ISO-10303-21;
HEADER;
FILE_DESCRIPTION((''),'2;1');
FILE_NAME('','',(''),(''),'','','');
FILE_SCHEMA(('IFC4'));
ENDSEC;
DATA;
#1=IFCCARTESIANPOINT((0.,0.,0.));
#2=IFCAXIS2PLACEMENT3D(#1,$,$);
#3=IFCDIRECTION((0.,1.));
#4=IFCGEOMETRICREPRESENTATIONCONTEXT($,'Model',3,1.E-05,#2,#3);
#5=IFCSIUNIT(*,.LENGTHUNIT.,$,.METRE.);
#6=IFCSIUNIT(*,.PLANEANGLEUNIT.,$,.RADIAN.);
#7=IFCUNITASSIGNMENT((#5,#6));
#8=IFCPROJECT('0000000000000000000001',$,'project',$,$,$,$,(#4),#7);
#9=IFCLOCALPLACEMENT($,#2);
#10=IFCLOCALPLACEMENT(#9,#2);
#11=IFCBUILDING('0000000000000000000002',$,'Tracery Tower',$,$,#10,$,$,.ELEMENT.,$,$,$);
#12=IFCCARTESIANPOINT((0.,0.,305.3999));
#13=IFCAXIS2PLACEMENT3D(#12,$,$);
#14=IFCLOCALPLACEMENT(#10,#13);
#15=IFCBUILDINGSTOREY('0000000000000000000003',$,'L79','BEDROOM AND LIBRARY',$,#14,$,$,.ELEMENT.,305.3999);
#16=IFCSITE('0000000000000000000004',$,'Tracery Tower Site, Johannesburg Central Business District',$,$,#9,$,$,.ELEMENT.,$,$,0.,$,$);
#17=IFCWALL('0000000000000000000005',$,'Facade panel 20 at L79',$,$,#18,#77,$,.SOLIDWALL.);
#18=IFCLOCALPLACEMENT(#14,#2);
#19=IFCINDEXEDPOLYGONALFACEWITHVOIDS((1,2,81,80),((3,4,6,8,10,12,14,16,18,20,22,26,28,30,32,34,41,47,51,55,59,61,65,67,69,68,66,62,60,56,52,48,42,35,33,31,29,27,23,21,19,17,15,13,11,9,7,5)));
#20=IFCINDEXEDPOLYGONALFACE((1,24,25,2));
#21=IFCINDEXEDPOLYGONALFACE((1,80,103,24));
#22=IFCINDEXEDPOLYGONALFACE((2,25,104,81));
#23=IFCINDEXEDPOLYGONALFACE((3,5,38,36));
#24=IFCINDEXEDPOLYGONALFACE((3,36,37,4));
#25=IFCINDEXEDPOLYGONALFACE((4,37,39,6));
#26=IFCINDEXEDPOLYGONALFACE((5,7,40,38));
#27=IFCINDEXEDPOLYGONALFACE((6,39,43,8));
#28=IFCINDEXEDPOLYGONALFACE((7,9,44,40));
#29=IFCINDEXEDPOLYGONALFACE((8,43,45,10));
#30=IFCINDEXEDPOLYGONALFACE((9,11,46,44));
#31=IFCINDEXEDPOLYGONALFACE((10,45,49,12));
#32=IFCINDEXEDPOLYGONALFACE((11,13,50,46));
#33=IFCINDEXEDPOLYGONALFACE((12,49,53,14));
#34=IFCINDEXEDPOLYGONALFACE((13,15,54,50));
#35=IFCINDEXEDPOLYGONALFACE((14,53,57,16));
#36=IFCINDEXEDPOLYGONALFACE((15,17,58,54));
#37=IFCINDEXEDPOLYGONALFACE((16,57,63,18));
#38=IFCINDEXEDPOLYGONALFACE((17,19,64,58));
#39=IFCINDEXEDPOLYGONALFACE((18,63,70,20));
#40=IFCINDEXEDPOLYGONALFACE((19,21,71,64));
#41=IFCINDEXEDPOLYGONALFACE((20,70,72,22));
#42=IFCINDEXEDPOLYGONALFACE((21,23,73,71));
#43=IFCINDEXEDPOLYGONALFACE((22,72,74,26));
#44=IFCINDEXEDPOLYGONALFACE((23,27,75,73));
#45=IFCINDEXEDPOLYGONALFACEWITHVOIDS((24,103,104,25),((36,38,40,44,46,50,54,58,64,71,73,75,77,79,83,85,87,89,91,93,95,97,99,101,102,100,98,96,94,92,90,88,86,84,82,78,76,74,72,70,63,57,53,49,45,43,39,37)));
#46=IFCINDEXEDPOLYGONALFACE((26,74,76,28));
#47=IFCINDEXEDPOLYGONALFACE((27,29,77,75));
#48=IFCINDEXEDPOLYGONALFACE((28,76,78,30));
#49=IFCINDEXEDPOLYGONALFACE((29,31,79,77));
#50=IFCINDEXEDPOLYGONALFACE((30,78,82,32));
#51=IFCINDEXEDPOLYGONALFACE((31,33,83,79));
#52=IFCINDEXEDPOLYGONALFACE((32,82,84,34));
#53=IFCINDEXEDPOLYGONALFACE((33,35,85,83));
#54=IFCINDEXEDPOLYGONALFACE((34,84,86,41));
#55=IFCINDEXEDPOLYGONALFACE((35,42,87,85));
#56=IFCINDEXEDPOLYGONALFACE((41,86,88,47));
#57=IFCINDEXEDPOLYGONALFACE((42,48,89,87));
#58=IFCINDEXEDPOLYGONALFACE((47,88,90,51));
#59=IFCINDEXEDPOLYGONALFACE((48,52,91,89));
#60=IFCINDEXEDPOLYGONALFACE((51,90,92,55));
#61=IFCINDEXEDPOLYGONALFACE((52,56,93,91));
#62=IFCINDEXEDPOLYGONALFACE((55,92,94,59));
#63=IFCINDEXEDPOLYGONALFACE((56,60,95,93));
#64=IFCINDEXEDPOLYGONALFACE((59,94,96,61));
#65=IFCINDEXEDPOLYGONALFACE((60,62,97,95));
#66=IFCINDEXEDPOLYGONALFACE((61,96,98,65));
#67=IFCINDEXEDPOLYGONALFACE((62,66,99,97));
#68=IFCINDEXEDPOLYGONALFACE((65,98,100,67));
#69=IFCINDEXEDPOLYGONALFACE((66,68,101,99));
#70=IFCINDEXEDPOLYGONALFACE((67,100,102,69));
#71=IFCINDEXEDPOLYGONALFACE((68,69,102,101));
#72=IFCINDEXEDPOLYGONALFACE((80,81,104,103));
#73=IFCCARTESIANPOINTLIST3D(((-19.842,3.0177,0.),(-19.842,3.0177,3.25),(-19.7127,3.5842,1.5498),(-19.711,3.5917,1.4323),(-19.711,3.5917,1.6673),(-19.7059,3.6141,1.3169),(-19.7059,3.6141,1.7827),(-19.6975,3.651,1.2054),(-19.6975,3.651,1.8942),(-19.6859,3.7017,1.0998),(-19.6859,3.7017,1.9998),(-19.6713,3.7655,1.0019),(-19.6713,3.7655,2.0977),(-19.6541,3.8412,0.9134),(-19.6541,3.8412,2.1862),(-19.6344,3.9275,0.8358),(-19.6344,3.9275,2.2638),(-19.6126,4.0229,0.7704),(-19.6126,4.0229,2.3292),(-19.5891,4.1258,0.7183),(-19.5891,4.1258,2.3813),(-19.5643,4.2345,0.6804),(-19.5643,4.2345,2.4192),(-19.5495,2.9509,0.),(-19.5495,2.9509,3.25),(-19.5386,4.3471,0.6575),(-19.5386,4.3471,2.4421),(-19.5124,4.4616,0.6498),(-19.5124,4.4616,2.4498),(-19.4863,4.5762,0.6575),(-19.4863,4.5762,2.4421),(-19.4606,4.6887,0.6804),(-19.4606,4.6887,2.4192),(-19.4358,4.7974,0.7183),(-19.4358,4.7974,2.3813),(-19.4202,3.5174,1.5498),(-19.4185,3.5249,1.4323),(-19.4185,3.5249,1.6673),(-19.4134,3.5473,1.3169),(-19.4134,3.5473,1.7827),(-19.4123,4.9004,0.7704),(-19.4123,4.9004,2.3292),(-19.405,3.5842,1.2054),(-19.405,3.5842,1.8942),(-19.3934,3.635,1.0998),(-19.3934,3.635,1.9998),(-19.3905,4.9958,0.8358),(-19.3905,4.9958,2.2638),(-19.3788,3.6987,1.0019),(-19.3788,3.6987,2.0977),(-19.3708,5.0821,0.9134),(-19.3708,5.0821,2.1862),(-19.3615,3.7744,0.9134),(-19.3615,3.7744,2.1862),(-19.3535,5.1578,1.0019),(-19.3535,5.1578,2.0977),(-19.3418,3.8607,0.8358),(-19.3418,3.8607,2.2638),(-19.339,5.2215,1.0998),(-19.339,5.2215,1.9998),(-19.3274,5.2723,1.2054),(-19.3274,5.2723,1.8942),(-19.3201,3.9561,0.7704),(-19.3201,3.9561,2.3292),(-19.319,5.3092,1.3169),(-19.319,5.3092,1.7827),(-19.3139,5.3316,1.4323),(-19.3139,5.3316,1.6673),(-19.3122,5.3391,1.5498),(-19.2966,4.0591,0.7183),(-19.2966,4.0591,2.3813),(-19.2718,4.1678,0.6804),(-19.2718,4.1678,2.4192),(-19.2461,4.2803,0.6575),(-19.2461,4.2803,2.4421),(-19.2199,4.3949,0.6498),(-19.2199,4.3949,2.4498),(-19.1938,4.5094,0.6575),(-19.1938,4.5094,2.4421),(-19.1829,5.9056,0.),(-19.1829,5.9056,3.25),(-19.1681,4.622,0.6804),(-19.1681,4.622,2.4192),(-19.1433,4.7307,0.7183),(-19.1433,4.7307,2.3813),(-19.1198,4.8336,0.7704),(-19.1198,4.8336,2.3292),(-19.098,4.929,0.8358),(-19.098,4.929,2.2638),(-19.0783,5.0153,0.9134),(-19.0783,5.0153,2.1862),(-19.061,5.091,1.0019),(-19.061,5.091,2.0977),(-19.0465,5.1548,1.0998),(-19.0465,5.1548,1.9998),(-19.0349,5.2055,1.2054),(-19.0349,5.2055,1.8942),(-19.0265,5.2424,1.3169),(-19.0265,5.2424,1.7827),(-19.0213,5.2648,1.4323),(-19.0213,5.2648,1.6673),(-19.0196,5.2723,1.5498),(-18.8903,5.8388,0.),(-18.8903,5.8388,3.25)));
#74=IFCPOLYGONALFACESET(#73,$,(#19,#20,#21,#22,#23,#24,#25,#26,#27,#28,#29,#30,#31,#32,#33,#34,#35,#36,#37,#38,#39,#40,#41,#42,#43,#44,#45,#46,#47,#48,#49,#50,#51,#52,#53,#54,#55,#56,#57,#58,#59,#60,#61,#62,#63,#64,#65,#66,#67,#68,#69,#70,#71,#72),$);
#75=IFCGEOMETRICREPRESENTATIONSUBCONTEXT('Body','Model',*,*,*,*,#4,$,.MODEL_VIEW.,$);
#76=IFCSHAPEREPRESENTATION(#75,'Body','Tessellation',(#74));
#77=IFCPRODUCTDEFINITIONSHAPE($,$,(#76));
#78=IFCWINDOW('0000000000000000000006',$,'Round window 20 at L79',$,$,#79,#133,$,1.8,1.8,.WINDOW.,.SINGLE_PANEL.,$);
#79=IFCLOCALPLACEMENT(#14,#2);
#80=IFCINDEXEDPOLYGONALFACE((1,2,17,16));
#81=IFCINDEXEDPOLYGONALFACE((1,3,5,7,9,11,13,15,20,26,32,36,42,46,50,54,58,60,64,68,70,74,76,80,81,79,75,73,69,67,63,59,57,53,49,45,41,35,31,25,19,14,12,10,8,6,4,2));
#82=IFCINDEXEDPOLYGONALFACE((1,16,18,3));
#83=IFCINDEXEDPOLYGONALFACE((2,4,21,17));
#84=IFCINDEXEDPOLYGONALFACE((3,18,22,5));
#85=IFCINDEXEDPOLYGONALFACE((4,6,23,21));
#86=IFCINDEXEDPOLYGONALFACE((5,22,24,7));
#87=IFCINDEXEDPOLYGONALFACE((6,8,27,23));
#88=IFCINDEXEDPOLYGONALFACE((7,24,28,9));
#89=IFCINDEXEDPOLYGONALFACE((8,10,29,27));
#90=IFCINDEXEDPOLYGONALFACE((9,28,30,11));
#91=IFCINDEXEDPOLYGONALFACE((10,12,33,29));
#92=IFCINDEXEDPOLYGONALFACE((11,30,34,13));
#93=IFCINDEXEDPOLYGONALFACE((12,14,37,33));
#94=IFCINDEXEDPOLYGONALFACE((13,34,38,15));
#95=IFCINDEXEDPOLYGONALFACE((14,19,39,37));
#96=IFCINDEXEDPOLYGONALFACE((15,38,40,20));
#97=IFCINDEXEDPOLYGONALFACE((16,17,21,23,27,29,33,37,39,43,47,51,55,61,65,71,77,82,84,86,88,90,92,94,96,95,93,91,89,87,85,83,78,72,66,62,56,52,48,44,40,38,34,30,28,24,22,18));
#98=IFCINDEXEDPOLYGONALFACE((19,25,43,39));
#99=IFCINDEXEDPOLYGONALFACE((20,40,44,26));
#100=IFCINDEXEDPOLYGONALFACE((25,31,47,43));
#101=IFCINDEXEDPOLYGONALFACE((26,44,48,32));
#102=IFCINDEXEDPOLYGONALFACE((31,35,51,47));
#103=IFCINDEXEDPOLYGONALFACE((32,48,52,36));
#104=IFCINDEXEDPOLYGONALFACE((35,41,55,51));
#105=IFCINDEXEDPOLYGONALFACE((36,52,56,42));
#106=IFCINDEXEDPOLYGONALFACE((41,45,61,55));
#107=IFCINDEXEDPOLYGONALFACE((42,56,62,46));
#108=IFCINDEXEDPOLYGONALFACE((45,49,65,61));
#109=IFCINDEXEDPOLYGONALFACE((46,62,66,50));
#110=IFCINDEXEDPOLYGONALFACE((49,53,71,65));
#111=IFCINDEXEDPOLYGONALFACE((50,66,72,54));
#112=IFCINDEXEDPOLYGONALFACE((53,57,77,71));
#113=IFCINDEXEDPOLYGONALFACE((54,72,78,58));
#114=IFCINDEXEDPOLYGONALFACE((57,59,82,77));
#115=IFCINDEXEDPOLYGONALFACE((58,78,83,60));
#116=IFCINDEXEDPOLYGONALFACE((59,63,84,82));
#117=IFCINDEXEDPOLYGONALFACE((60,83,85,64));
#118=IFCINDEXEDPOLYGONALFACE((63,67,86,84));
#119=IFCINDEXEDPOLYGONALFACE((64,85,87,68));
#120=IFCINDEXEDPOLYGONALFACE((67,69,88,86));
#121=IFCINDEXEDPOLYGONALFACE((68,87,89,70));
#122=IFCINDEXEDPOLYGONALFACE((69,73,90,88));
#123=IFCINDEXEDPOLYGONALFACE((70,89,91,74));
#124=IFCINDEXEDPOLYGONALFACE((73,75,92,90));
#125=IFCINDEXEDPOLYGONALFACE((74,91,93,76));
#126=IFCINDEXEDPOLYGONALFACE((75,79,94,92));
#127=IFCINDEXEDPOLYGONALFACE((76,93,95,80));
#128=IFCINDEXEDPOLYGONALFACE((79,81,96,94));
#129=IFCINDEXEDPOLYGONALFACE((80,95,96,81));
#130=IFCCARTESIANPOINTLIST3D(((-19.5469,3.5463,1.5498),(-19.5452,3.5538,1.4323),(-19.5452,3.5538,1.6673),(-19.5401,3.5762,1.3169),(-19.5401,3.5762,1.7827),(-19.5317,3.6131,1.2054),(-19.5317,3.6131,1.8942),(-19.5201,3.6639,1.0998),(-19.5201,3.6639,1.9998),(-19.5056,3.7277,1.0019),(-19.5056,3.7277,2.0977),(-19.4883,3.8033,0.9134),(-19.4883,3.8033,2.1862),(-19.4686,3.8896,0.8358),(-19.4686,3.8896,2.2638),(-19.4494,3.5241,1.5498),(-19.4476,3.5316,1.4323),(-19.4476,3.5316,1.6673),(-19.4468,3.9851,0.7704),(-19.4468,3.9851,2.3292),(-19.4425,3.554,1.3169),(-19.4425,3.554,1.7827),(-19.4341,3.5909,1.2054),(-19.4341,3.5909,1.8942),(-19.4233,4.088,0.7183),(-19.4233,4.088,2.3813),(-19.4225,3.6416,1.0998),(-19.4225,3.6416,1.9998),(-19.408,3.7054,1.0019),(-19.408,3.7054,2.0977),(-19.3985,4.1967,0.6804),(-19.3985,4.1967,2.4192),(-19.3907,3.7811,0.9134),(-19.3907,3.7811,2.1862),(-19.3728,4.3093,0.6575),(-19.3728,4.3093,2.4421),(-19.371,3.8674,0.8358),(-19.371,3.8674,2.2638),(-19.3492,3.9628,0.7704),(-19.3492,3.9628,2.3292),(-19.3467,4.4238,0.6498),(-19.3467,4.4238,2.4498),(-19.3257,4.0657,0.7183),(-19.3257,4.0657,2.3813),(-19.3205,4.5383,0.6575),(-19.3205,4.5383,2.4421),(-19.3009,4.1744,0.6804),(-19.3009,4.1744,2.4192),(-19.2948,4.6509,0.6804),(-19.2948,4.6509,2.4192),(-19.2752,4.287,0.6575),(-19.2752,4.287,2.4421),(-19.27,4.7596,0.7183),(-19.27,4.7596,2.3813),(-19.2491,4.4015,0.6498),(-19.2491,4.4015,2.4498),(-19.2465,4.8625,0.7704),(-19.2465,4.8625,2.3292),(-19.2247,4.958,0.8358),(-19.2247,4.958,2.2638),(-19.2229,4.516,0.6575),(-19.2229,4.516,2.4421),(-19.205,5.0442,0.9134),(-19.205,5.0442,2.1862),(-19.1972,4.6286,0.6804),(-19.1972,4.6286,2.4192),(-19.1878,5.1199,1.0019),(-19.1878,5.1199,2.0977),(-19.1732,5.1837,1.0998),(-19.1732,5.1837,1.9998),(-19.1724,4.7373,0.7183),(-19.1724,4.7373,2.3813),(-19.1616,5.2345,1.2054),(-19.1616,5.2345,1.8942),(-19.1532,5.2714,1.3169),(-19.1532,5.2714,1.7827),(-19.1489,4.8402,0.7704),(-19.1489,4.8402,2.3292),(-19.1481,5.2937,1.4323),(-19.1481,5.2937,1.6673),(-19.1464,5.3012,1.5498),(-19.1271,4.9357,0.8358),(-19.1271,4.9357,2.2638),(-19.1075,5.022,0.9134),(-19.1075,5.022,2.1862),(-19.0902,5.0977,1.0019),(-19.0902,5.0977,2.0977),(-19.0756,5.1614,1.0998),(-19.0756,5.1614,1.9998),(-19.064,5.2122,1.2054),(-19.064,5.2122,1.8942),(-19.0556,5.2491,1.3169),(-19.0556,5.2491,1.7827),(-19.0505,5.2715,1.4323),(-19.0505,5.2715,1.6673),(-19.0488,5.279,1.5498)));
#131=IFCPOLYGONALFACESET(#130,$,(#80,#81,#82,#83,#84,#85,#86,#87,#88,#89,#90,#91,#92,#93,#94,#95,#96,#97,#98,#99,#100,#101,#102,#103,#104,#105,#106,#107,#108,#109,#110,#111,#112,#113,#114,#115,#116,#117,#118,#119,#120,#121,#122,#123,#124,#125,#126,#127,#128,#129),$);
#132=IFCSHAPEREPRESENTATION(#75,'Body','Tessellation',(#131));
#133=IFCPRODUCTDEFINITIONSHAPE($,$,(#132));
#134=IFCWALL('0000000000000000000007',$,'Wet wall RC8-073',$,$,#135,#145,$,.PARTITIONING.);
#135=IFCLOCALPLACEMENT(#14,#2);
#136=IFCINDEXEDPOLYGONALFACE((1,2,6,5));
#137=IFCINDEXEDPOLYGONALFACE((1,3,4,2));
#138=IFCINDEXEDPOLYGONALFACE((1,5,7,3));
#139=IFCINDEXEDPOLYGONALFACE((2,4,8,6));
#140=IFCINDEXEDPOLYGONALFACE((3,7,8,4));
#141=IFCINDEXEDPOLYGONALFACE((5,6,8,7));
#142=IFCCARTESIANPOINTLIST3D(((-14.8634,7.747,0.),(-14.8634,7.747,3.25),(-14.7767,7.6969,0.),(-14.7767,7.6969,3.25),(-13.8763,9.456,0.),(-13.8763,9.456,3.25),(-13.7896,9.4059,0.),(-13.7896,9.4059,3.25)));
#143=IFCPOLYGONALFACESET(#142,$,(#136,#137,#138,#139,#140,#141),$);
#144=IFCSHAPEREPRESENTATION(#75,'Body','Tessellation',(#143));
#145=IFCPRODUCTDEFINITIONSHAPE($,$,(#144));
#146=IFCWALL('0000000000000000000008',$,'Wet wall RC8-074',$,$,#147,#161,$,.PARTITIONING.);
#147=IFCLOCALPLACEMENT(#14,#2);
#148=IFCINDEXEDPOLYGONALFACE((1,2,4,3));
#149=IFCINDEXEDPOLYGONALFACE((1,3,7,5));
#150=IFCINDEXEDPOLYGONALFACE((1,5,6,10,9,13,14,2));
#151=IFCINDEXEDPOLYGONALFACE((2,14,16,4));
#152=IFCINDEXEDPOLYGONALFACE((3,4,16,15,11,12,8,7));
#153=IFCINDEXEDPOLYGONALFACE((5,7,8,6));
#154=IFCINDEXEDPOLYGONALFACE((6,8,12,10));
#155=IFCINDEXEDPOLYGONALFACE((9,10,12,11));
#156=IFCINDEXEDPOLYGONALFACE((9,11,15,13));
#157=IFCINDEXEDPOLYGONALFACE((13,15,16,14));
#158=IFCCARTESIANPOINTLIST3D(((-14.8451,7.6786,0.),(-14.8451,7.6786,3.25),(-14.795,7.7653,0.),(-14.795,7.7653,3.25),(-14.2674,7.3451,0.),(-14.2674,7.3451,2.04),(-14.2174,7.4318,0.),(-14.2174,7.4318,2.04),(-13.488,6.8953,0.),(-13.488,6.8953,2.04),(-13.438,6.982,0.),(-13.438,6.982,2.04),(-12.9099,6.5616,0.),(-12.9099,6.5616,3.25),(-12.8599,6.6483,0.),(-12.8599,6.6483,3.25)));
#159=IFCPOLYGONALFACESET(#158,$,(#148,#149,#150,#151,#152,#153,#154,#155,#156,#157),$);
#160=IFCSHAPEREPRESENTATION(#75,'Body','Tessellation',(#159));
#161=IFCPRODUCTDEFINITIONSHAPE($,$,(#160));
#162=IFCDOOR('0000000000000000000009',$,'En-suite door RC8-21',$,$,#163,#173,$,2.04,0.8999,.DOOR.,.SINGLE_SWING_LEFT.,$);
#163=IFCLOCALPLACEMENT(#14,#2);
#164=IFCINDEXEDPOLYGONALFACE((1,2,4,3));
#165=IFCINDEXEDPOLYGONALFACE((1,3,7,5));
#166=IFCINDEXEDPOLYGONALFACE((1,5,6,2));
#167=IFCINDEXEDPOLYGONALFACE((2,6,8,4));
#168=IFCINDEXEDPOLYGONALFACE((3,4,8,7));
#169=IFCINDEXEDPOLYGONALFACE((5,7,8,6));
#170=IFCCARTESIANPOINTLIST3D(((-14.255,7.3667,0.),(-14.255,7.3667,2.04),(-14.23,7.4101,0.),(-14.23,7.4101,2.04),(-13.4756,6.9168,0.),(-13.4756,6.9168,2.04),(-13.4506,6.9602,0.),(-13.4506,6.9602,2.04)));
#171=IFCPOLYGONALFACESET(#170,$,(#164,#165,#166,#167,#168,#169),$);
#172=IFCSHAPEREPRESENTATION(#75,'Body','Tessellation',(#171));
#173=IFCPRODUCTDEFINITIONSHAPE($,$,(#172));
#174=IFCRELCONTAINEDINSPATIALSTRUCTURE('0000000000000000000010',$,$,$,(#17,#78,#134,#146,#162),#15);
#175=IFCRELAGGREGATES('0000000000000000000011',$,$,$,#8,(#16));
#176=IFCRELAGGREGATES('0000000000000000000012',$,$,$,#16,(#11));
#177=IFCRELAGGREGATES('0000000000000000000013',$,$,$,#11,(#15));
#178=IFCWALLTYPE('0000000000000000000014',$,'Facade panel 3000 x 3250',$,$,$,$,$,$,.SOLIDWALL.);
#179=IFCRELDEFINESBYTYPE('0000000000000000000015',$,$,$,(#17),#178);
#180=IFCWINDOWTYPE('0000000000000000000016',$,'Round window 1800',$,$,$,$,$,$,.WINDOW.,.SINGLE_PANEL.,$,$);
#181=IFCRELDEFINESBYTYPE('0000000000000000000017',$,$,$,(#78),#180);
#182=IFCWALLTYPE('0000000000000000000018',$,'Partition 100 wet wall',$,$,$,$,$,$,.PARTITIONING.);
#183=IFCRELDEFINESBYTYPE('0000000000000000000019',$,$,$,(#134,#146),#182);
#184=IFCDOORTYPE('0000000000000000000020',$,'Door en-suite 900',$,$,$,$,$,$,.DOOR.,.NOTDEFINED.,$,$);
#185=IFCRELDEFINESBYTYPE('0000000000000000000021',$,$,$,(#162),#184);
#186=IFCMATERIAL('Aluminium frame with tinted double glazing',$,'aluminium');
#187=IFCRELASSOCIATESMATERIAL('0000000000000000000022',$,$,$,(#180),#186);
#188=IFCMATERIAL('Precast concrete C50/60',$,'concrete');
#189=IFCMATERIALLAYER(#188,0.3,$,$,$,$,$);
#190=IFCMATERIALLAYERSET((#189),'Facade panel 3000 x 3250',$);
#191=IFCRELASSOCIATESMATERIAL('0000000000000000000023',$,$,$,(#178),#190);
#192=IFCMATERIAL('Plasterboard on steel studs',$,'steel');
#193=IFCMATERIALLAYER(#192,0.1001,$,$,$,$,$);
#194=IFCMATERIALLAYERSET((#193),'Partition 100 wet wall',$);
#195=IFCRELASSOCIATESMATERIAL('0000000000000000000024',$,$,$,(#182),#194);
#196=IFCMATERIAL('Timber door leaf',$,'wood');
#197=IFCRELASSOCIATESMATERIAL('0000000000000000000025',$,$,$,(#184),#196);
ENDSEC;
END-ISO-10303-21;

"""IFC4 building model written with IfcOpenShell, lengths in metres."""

from ifc_helpers import new_model, si_unit, direction, frame, frame_2d, origin, origin_2d, place, context, subcontext, project, spatial, rectangle, circle, extrude, material, layer, layer_set, type_object, element, fill, save


model = new_model("IFC4")

# Units and contexts
model_context = context("Model", 3, precision=1e-05, world=origin(), true_north=direction((0.0, 1.0)))
body_context = subcontext(model_context, "Body", "Model", "MODEL_VIEW")
ifc_project = project(units=[si_unit("LENGTHUNIT", "METRE"), si_unit("PLANEANGLEUNIT", "RADIAN")], contexts=[model_context])

# Site, building, storey
site_placement = place(None, origin())
site = spatial("IfcSite", under=ifc_project, at=site_placement, Name="Tracery Tower Site, Johannesburg Central Business District", CompositionType="ELEMENT", RefElevation=0.0)
building_placement = place(site_placement, origin())
building = spatial("IfcBuilding", under=site, at=building_placement, Name="Tracery Tower", CompositionType="ELEMENT")
storey_placement = place(building_placement, frame((0.0, 0.0, 305.3999)))
storey = spatial("IfcBuildingStorey", under=building, at=storey_placement, Name="L79", Description="BEDROOM AND LIBRARY", CompositionType="ELEMENT", Elevation=305.3999)

# Wall, opening, window
ifc_material_1 = material(Name="Aluminium frame with tinted double glazing", Category="aluminium")
window_type = type_object("IfcWindowType", Name="Round window 1800", PartitioningType="SINGLE_PANEL", PredefinedType="WINDOW", material=ifc_material_1)
ifc_material_2 = material(Name="Precast concrete C50/60", Category="concrete")
ifc_layer_1 = layer(ifc_material_2, 0.3)
ifc_layer_set_1 = layer_set([ifc_layer_1], Name="Facade panel 3000 x 3250")
wall_type_1 = type_object("IfcWallType", Name="Facade panel 3000 x 3250", PredefinedType="SOLIDWALL", material=ifc_layer_set_1)
wall_1_placement = place(storey_placement, frame((-19.0366, 5.8721, 0.0), z_axis=(0.0, 0.0, 1.0), x_axis=(-0.222529, -0.974926, 0.0)))
wall_1 = element("IfcWall", 1, at=wall_1_placement, inside=storey, type_object=wall_type_1, Name="Facade panel 20 at L79", PredefinedType="SOLIDWALL", context=body_context, shape_type="SweptSolid", body=[
    extrude(rectangle(XDim=2.9622, YDim=0.3, at=frame_2d((1.481, 0.0))), origin(), (0.0, 0.0, 1.0), 3.25),
])
opening_1_placement = place(wall_1_placement, frame((1.481, 0.0, 1.5498)))
opening_1 = element("IfcOpeningElement", 2, at=opening_1_placement, cuts=wall_1, PredefinedType="OPENING", context=body_context, shape_type="SweptSolid", body=[
    extrude(circle(Radius=0.9, at=origin_2d()), frame((0.0, 0.1599, 0.0), z_axis=(0.0, -1.0, 0.0), x_axis=(1.0, 0.0, 0.0)), (0.0, 0.0, 1.0), 0.3201),
])
window_1_placement = place(opening_1_placement, origin())
window_1 = element("IfcWindow", 3, at=window_1_placement, inside=storey, type_object=window_type, Name="Round window 20 at L79", OverallHeight=1.8, OverallWidth=1.8, PartitioningType="SINGLE_PANEL", PredefinedType="WINDOW", context=body_context, shape_type="SweptSolid", body=[
    extrude(circle(Radius=0.9, at=origin_2d()), frame((0.0, 0.1201, 0.0), z_axis=(0.0, -1.0, 0.0), x_axis=(1.0, 0.0, 0.0)), (0.0, 0.0, 1.0), 0.1001),
])
fill(opening_1, window_1)

# Wall
ifc_material_3 = material(Name="Plasterboard on steel studs", Category="steel")
ifc_layer_2 = layer(ifc_material_3, 0.1001)
ifc_layer_set_2 = layer_set([ifc_layer_2], Name="Partition 100 wet wall")
wall_type_2 = type_object("IfcWallType", Name="Partition 100 wet wall", PredefinedType="PARTITIONING", material=ifc_layer_set_2)
wall_2_placement = place(storey_placement, frame((-14.8201, 7.7219, 0.0), z_axis=(0.0, 0.0, 1.0), x_axis=(0.500144, 0.865942, 0.0)))
element("IfcWall", 4, at=wall_2_placement, inside=storey, type_object=wall_type_2, Name="Wet wall RC8-073", PredefinedType="PARTITIONING", context=body_context, shape_type="SweptSolid", body=[
    extrude(rectangle(XDim=1.9736, YDim=0.1001, at=frame_2d((0.9868, 0.0))), origin(), (0.0, 0.0, 1.0), 3.25),
])

# Wall, opening, door
wall_3_placement = place(storey_placement, frame((-14.8201, 7.7219, 0.0), z_axis=(0.0, 0.0, 1.0), x_axis=(0.866076, -0.499912, 0.0)))
wall_3 = element("IfcWall", 5, at=wall_3_placement, inside=storey, type_object=wall_type_2, Name="Wet wall RC8-074", PredefinedType="PARTITIONING", context=body_context, shape_type="SweptSolid", body=[
    extrude(rectangle(XDim=2.2344, YDim=0.1001, at=frame_2d((1.1172, 0.0))), origin(), (0.0, 0.0, 1.0), 3.25),
])
opening_2_placement = place(wall_3_placement, frame((0.667, 0.0, 0.0)))
opening_2 = element("IfcOpeningElement", 6, at=opening_2_placement, cuts=wall_3, PredefinedType="OPENING", context=body_context, shape_type="SweptSolid", body=[
    extrude(rectangle(XDim=0.8999, YDim=2.04, at=frame_2d((0.45, 1.02))), frame((0.0, 0.05, 0.0), z_axis=(0.0, -1.0, 0.0), x_axis=(1.0, 0.0, 0.0)), (0.0, 0.0, 1.0), 0.1001),
])
ifc_material_4 = material(Name="Timber door leaf", Category="wood")
door_type_1 = type_object("IfcDoorType", Name="Door en-suite 900", OperationType="NOTDEFINED", PredefinedType="DOOR", material=ifc_material_4)
door_1_placement = place(opening_2_placement, origin())
door_1 = element("IfcDoor", 7, at=door_1_placement, inside=storey, type_object=door_type_1, Name="En-suite door RC8-21", OperationType="SINGLE_SWING_LEFT", OverallHeight=2.04, OverallWidth=0.8999, PredefinedType="DOOR", context=body_context, shape_type="SweptSolid", body=[
    extrude(rectangle(XDim=0.8999, YDim=2.04, at=frame_2d((0.45, 1.02))), frame((0.0, 0.0249, 0.0), z_axis=(0.0, -1.0, 0.0), x_axis=(1.0, 0.0, 0.0)), (0.0, 0.0, 1.0), 0.05),
])
fill(opening_2, door_1)

save(model, "model.ifc")
